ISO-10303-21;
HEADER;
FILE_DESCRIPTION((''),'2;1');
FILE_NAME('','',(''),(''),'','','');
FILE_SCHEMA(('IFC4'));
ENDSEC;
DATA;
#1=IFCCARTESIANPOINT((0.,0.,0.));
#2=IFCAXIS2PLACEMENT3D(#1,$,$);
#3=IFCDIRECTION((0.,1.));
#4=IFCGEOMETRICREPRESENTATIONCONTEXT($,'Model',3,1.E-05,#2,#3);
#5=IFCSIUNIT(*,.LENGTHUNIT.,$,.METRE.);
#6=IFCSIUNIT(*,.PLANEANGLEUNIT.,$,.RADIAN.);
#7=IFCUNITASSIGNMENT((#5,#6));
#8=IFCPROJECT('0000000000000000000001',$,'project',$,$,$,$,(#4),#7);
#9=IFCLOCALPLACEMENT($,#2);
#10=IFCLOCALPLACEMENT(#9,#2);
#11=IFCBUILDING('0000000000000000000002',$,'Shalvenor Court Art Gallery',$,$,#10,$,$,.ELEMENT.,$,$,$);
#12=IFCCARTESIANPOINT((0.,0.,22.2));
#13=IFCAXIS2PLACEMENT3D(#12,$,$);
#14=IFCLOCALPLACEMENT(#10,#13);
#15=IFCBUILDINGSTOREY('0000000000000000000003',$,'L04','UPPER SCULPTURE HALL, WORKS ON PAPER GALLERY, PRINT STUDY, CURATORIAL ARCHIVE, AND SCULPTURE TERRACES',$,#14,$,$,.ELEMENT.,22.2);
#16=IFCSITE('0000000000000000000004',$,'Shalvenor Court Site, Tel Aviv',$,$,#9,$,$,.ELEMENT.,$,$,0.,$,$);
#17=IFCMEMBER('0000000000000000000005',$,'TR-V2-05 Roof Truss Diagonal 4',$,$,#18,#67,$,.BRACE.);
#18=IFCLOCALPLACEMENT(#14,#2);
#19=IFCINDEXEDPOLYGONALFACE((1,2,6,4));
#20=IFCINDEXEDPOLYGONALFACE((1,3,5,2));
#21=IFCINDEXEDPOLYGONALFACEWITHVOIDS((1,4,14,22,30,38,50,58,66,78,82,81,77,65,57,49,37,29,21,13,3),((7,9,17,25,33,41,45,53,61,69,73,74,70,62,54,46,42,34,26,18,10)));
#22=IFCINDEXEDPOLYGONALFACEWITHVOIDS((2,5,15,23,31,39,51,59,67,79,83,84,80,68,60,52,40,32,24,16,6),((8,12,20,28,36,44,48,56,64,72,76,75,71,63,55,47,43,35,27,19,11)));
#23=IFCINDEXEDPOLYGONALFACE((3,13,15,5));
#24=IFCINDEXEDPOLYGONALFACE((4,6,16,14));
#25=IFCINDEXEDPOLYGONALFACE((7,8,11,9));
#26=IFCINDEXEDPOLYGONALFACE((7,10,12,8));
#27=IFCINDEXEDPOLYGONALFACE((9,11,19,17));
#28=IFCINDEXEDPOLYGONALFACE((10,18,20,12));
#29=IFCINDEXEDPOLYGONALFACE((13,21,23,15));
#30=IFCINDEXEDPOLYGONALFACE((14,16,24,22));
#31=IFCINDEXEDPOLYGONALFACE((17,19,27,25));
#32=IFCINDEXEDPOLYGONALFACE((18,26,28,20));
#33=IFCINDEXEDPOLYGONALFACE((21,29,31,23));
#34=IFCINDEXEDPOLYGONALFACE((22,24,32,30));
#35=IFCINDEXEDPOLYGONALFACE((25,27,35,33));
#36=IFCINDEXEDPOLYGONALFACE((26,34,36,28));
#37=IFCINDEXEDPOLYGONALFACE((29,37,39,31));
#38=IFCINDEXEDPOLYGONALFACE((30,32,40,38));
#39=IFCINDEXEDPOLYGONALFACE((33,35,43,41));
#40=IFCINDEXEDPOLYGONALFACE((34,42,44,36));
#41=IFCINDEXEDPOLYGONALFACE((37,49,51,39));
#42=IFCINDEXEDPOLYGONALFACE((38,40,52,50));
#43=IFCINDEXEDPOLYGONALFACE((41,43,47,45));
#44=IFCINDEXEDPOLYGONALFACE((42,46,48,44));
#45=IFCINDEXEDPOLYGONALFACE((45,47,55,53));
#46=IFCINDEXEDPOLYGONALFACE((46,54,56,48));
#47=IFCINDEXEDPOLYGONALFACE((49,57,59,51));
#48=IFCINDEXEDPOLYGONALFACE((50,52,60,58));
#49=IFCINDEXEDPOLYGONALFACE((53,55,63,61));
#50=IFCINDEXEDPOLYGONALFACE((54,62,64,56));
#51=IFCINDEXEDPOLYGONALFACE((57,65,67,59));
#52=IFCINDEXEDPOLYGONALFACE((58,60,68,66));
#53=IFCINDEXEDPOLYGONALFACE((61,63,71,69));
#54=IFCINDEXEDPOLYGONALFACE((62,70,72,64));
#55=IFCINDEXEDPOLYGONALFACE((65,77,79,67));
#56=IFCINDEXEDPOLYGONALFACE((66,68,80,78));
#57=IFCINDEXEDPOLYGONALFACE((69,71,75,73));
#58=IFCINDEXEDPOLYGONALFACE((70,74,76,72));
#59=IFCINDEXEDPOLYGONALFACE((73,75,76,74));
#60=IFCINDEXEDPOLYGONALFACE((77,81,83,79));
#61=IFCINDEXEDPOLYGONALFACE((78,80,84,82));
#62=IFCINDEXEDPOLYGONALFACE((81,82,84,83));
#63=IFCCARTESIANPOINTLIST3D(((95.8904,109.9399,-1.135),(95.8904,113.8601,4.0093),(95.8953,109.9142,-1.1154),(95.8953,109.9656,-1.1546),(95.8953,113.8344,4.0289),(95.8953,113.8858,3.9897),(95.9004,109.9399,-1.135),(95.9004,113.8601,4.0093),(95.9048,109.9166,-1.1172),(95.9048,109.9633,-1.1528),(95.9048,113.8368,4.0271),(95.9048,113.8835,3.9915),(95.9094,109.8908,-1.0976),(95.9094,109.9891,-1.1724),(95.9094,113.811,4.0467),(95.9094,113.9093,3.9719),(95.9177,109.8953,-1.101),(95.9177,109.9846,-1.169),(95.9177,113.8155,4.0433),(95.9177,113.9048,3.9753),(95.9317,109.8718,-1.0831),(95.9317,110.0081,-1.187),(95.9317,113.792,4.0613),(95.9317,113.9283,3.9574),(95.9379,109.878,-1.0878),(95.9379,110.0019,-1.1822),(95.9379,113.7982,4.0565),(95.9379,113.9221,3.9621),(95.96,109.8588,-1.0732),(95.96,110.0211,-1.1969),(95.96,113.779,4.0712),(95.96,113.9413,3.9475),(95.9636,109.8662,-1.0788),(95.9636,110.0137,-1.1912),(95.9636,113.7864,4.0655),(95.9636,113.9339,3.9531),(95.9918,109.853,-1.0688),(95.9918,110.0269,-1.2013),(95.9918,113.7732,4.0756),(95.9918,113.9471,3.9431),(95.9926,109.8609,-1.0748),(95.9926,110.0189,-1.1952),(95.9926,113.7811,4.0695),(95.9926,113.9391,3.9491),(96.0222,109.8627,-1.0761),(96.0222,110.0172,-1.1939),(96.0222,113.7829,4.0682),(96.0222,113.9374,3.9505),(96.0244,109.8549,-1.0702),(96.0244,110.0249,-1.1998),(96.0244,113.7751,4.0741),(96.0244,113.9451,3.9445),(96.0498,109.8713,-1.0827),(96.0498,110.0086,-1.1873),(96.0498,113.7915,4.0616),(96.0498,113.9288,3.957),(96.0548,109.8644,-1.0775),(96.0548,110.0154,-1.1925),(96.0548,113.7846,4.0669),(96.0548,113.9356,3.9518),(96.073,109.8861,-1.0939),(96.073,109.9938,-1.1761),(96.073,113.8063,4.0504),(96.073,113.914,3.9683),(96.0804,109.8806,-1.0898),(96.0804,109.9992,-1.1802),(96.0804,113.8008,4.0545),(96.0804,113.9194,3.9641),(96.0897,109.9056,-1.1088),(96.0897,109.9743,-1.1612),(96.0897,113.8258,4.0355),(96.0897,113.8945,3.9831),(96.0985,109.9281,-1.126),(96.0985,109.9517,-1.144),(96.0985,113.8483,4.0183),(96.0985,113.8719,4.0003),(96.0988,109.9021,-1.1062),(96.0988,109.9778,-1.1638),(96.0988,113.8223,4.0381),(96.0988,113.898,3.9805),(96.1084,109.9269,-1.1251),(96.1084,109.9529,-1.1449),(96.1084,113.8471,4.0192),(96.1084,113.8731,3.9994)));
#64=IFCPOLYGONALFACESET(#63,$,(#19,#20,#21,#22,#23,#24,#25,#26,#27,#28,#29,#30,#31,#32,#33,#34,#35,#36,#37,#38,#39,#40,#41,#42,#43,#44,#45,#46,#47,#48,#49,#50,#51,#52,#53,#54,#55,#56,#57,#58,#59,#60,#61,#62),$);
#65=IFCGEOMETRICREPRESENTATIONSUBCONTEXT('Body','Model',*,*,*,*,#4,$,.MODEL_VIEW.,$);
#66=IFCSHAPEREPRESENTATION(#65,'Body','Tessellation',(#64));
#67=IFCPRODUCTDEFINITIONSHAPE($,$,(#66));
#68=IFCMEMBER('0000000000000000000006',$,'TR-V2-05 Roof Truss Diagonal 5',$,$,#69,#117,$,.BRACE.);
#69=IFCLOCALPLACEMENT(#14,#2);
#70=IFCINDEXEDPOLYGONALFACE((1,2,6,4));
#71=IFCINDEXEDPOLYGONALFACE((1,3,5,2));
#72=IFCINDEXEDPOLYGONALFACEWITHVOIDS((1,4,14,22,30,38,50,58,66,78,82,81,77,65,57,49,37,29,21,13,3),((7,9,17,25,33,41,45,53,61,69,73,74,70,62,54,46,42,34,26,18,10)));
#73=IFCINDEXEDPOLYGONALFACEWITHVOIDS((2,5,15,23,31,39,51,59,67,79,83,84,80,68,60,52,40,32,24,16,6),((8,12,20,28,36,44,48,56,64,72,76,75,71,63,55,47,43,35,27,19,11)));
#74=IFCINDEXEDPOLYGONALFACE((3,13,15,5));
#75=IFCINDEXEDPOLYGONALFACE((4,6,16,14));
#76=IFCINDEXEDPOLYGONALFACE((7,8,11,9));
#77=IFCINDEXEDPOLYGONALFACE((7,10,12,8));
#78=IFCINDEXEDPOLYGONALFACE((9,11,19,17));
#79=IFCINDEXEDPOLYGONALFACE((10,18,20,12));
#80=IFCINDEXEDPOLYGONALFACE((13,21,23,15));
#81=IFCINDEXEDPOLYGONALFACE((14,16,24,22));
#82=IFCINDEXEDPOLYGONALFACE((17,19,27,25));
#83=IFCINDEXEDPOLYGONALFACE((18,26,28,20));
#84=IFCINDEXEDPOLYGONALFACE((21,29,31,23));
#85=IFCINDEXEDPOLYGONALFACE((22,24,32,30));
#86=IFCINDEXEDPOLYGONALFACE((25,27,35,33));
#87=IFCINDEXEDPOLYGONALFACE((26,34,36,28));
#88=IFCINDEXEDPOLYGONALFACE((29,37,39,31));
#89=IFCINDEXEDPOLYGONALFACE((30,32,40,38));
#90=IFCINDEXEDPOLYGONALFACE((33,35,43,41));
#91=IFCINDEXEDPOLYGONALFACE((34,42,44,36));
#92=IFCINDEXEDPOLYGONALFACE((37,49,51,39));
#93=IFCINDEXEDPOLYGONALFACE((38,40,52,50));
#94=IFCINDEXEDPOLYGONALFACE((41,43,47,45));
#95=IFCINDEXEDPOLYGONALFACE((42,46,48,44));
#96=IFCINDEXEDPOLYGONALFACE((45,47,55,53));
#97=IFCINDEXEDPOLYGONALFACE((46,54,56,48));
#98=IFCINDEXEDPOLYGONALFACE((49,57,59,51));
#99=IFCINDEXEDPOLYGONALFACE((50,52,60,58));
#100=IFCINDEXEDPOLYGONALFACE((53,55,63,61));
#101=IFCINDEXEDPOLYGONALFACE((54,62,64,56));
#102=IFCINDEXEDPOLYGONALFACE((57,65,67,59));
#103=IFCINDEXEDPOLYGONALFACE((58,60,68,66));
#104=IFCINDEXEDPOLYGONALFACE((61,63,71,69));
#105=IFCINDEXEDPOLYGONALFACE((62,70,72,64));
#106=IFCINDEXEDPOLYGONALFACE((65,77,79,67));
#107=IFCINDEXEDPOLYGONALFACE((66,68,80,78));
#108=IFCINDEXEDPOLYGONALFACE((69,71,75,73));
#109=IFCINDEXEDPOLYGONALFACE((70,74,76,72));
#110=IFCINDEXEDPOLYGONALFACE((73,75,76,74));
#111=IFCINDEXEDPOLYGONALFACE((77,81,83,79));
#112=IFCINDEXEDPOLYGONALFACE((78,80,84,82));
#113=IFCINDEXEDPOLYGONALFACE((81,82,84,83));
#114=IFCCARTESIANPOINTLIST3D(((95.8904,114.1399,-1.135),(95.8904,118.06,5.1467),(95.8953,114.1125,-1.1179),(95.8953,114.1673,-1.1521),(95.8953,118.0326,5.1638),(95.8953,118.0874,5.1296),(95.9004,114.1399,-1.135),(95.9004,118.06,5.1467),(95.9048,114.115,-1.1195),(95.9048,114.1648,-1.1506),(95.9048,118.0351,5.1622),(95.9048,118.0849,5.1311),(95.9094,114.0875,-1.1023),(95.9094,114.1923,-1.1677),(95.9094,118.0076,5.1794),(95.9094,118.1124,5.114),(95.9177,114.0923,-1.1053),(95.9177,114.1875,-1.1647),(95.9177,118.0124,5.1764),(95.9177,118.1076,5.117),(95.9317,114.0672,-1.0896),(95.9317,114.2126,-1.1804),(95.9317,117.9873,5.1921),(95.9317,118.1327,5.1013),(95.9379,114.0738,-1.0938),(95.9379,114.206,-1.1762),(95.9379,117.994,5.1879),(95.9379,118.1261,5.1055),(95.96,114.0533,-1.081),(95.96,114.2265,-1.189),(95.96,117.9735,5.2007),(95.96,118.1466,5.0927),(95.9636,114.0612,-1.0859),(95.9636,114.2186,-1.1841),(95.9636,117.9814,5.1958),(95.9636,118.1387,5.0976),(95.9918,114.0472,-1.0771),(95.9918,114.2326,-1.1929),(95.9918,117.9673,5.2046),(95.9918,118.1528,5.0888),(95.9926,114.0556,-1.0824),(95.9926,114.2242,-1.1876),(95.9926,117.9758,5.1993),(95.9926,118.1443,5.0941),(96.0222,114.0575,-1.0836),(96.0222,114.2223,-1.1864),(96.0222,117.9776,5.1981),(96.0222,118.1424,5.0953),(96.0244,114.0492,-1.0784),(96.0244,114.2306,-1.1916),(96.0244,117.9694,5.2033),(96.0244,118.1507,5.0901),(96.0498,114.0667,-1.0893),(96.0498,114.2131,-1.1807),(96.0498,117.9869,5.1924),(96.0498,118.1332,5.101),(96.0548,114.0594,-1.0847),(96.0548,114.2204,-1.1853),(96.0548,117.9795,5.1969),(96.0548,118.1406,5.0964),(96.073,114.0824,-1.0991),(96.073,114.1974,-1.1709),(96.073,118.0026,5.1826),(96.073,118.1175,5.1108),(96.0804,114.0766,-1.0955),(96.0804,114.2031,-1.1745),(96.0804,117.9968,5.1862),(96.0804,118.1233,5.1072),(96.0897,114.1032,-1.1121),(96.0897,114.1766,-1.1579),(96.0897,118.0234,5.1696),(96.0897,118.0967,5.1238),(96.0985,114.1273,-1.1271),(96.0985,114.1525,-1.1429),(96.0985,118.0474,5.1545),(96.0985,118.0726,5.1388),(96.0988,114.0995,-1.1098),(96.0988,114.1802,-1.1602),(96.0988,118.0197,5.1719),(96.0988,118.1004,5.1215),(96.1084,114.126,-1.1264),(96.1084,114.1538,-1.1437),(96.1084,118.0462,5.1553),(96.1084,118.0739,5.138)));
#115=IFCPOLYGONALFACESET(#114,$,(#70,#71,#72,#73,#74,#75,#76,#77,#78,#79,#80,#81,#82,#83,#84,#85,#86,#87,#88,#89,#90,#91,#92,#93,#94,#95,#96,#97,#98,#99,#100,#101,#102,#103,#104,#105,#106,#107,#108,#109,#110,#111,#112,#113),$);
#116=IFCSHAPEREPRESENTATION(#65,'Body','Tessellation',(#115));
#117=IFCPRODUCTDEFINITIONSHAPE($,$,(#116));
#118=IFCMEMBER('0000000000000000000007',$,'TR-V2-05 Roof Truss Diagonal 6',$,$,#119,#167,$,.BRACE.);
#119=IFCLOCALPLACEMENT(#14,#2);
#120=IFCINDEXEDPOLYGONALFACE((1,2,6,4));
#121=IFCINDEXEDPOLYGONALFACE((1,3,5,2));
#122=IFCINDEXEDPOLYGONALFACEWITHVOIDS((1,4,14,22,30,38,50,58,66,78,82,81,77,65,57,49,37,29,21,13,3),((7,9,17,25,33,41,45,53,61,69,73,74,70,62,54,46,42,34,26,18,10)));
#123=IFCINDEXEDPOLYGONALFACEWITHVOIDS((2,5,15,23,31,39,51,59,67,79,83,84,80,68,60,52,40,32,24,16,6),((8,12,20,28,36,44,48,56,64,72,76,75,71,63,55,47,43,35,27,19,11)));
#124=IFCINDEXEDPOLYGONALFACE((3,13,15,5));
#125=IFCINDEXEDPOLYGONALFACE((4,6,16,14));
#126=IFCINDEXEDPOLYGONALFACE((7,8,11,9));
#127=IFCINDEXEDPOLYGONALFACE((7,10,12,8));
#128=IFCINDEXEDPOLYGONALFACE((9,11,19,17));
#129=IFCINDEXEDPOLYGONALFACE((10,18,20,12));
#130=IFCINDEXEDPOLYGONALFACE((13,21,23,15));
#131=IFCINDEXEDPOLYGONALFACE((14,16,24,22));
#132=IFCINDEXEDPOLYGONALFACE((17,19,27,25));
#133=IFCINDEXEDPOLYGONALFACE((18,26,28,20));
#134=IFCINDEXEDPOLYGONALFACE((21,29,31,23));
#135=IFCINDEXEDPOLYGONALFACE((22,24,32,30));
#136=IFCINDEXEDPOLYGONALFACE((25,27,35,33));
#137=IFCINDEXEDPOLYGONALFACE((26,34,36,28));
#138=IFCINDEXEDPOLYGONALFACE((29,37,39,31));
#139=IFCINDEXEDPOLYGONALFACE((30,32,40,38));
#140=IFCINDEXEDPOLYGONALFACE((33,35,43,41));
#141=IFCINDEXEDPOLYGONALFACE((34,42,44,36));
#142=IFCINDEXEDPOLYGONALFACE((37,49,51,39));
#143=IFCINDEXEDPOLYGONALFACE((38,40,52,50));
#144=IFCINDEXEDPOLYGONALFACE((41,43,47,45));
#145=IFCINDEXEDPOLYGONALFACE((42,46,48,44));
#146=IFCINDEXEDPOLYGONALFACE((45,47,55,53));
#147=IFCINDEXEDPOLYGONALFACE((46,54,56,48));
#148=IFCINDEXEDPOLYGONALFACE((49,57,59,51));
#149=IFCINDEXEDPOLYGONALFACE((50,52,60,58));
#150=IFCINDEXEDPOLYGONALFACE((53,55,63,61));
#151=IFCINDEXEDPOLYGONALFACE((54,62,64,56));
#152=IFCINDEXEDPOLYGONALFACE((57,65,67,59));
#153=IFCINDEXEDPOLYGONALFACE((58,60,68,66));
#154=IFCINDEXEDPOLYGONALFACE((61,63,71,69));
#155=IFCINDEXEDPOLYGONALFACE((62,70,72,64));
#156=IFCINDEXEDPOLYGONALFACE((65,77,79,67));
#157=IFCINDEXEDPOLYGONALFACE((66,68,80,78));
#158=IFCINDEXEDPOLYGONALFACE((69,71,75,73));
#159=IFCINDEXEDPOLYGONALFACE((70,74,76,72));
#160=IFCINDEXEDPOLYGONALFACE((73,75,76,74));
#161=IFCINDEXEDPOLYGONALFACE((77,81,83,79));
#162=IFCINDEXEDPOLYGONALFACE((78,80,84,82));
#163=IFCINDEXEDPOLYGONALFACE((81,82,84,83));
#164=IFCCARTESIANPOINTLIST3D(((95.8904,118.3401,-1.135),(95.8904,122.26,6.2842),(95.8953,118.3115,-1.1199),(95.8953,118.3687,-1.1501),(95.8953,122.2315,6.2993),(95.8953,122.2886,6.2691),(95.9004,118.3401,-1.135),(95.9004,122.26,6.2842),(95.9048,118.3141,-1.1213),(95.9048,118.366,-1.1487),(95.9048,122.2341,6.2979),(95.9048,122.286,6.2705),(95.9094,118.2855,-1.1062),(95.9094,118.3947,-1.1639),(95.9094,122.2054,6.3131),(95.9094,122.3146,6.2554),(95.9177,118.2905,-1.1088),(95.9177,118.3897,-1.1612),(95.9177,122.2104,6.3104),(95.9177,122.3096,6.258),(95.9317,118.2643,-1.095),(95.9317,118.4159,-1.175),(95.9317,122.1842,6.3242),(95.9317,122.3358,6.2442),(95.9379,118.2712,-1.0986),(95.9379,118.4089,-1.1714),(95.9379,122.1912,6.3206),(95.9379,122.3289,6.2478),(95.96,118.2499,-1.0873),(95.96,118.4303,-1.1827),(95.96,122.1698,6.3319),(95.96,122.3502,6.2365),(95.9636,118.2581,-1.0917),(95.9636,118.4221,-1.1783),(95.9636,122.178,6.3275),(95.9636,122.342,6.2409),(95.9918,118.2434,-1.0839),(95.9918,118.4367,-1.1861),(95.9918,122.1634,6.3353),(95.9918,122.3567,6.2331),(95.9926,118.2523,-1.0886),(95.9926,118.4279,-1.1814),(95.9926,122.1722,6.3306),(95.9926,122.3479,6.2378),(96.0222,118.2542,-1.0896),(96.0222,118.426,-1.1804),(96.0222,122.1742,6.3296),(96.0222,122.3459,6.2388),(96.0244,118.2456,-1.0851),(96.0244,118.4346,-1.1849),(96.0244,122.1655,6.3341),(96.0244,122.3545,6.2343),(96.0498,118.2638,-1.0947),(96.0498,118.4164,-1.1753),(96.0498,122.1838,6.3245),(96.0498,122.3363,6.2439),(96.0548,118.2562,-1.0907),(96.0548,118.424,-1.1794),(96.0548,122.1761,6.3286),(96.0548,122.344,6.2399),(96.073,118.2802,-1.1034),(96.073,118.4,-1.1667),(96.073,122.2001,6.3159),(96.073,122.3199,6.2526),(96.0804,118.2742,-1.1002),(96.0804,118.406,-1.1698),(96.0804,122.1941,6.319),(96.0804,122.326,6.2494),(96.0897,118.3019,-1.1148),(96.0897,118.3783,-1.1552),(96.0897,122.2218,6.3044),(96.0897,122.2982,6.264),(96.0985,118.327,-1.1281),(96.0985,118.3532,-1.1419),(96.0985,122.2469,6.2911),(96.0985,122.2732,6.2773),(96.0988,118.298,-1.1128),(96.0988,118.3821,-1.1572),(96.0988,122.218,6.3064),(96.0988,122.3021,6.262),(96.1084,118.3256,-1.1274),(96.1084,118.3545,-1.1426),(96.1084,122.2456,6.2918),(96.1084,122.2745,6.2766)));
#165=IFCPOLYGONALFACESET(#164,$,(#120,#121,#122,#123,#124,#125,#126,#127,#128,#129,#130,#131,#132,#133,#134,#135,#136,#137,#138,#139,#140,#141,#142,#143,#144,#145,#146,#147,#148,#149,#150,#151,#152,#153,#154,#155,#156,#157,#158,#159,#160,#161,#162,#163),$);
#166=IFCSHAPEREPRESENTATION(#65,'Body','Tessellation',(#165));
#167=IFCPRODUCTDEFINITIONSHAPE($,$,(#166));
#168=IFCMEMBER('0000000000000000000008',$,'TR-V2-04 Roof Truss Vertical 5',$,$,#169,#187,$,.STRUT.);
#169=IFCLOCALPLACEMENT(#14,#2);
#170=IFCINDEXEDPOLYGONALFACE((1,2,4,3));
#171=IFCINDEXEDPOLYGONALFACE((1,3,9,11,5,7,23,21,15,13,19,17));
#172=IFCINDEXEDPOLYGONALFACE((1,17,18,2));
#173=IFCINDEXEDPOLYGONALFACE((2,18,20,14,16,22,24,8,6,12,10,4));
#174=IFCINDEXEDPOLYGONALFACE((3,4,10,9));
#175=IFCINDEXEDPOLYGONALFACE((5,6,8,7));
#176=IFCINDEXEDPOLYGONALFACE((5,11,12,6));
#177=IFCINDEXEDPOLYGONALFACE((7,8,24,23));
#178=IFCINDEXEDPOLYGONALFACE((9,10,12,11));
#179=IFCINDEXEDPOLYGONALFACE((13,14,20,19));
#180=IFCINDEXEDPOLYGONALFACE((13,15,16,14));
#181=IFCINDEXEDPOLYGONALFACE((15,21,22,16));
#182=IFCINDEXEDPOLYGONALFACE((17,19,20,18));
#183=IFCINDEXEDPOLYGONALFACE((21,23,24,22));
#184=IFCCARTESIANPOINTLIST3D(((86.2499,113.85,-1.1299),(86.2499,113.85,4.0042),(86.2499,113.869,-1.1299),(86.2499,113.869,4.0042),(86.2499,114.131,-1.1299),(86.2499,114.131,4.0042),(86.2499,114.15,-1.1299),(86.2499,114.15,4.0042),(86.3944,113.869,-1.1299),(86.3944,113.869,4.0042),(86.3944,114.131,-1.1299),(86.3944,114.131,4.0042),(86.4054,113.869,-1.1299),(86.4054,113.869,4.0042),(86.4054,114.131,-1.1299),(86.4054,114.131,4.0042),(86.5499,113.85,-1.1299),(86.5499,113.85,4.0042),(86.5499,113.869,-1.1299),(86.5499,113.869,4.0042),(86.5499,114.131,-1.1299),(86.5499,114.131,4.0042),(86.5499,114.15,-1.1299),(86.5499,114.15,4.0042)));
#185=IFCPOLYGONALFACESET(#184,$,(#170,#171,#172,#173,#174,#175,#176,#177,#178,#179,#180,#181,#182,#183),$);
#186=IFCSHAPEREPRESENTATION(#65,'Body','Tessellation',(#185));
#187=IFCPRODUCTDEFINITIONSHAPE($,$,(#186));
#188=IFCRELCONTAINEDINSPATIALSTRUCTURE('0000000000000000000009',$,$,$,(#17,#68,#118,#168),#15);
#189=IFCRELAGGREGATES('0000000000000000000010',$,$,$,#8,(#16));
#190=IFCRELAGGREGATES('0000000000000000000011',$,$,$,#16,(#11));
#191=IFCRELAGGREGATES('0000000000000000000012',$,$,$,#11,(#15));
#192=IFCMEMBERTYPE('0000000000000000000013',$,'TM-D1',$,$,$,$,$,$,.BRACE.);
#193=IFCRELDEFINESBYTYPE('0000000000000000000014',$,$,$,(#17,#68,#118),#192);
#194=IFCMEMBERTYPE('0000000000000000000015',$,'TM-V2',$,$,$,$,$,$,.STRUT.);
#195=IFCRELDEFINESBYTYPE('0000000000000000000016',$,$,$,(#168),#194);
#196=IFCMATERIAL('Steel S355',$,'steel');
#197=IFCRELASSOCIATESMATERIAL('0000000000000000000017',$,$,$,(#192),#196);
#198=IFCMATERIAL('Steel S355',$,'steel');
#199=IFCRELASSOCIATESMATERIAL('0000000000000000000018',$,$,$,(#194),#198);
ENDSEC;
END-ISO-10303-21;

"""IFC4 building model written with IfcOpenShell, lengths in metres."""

from ifc_helpers import new_model, si_unit, direction, frame, origin, origin_2d, place, context, subcontext, project, spatial, hollow_circle, i_section, extrude, material, material_profile, profile_set, type_object, element, save


model = new_model("IFC4")

# Units and contexts
model_context = context("Model", 3, precision=1e-05, world=origin(), true_north=direction((0.0, 1.0)))
body_context = subcontext(model_context, "Body", "Model", "MODEL_VIEW")
ifc_project = project(units=[si_unit("LENGTHUNIT", "METRE"), si_unit("PLANEANGLEUNIT", "RADIAN")], contexts=[model_context])

# Site, building, storey
site_placement = place(None, origin())
site = spatial("IfcSite", under=ifc_project, at=site_placement, Name="Shalvenor Court Site, Tel Aviv", CompositionType="ELEMENT", RefElevation=0.0)
building_placement = place(site_placement, origin())
building = spatial("IfcBuilding", under=site, at=building_placement, Name="Shalvenor Court Art Gallery", CompositionType="ELEMENT")
storey_placement = place(building_placement, frame((0.0, 0.0, 22.2)))
storey = spatial("IfcBuildingStorey", under=building, at=storey_placement, Name="L04", Description="UPPER SCULPTURE HALL, WORKS ON PAPER GALLERY, PRINT STUDY, CURATORIAL ARCHIVE, AND SCULPTURE TERRACES", CompositionType="ELEMENT", Elevation=22.2)

# Members
ifc_material_1 = material(Name="Steel S355", Category="steel")
ifc_material_profile_1 = material_profile(ifc_material_1, hollow_circle(Radius=0.1096, WallThickness=0.01, at=origin_2d()), Name="CHS 219.1x10.0")
ifc_profile_set_1 = profile_set([ifc_material_profile_1], Name="Steel S355")
member_type_1 = type_object("IfcMemberType", Name="TM-D1", PredefinedType="BRACE", material=ifc_profile_set_1)
member_1_placement = place(storey_placement, frame((96.0, 109.9399, -1.135), z_axis=(0.0, 0.606113, 0.795379), x_axis=(-1.0, 0.0, 0.0)))
element("IfcMember", 1, at=member_1_placement, inside=storey, type_object=member_type_1, Name="TR-V2-05 Roof Truss Diagonal 4", PredefinedType="BRACE", context=body_context, shape_type="SweptSolid", body=[
    extrude(hollow_circle(Radius=0.1096, WallThickness=0.01, at=origin_2d()), origin(), (0.0, 0.0, 1.0), 6.4678),
])
member_2_placement = place(storey_placement, frame((96.0, 114.1399, -1.135), z_axis=(0.0, 0.529424, 0.848357), x_axis=(-1.0, 0.0, 0.0)))
element("IfcMember", 2, at=member_2_placement, inside=storey, type_object=member_type_1, Name="TR-V2-05 Roof Truss Diagonal 5", PredefinedType="BRACE", context=body_context, shape_type="SweptSolid", body=[
    extrude(hollow_circle(Radius=0.1096, WallThickness=0.01, at=origin_2d()), origin(), (0.0, 0.0, 1.0), 7.4045),
])
member_3_placement = place(storey_placement, frame((96.0, 118.3401, -1.135), z_axis=(0.0, 0.467154, 0.884176), x_axis=(-1.0, 0.0, 0.0)))
element("IfcMember", 3, at=member_3_placement, inside=storey, type_object=member_type_1, Name="TR-V2-05 Roof Truss Diagonal 6", PredefinedType="BRACE", context=body_context, shape_type="SweptSolid", body=[
    extrude(hollow_circle(Radius=0.1096, WallThickness=0.01, at=origin_2d()), origin(), (0.0, 0.0, 1.0), 8.3911),
])
ifc_material_2 = material(Name="Steel S355", Category="steel")
ifc_material_profile_2 = material_profile(ifc_material_2, i_section(OverallWidth=0.3, OverallDepth=0.3, WebThickness=0.011, FlangeThickness=0.019, at=origin_2d()), Name="HEB 300")
ifc_profile_set_2 = profile_set([ifc_material_profile_2], Name="Steel S355")
member_type_2 = type_object("IfcMemberType", Name="TM-V2", PredefinedType="STRUT", material=ifc_profile_set_2)
member_4_placement = place(storey_placement, frame((86.3999, 114.0, -1.1299), z_axis=(0.0, 0.0, 1.0), x_axis=(1.0, 0.0, 0.0)))
element("IfcMember", 4, at=member_4_placement, inside=storey, type_object=member_type_2, Name="TR-V2-04 Roof Truss Vertical 5", PredefinedType="STRUT", context=body_context, shape_type="SweptSolid", body=[
    extrude(i_section(OverallWidth=0.3, OverallDepth=0.3, WebThickness=0.011, FlangeThickness=0.019, at=origin_2d()), origin(), (0.0, 0.0, 1.0), 5.134),
])

save(model, "model.ifc")
